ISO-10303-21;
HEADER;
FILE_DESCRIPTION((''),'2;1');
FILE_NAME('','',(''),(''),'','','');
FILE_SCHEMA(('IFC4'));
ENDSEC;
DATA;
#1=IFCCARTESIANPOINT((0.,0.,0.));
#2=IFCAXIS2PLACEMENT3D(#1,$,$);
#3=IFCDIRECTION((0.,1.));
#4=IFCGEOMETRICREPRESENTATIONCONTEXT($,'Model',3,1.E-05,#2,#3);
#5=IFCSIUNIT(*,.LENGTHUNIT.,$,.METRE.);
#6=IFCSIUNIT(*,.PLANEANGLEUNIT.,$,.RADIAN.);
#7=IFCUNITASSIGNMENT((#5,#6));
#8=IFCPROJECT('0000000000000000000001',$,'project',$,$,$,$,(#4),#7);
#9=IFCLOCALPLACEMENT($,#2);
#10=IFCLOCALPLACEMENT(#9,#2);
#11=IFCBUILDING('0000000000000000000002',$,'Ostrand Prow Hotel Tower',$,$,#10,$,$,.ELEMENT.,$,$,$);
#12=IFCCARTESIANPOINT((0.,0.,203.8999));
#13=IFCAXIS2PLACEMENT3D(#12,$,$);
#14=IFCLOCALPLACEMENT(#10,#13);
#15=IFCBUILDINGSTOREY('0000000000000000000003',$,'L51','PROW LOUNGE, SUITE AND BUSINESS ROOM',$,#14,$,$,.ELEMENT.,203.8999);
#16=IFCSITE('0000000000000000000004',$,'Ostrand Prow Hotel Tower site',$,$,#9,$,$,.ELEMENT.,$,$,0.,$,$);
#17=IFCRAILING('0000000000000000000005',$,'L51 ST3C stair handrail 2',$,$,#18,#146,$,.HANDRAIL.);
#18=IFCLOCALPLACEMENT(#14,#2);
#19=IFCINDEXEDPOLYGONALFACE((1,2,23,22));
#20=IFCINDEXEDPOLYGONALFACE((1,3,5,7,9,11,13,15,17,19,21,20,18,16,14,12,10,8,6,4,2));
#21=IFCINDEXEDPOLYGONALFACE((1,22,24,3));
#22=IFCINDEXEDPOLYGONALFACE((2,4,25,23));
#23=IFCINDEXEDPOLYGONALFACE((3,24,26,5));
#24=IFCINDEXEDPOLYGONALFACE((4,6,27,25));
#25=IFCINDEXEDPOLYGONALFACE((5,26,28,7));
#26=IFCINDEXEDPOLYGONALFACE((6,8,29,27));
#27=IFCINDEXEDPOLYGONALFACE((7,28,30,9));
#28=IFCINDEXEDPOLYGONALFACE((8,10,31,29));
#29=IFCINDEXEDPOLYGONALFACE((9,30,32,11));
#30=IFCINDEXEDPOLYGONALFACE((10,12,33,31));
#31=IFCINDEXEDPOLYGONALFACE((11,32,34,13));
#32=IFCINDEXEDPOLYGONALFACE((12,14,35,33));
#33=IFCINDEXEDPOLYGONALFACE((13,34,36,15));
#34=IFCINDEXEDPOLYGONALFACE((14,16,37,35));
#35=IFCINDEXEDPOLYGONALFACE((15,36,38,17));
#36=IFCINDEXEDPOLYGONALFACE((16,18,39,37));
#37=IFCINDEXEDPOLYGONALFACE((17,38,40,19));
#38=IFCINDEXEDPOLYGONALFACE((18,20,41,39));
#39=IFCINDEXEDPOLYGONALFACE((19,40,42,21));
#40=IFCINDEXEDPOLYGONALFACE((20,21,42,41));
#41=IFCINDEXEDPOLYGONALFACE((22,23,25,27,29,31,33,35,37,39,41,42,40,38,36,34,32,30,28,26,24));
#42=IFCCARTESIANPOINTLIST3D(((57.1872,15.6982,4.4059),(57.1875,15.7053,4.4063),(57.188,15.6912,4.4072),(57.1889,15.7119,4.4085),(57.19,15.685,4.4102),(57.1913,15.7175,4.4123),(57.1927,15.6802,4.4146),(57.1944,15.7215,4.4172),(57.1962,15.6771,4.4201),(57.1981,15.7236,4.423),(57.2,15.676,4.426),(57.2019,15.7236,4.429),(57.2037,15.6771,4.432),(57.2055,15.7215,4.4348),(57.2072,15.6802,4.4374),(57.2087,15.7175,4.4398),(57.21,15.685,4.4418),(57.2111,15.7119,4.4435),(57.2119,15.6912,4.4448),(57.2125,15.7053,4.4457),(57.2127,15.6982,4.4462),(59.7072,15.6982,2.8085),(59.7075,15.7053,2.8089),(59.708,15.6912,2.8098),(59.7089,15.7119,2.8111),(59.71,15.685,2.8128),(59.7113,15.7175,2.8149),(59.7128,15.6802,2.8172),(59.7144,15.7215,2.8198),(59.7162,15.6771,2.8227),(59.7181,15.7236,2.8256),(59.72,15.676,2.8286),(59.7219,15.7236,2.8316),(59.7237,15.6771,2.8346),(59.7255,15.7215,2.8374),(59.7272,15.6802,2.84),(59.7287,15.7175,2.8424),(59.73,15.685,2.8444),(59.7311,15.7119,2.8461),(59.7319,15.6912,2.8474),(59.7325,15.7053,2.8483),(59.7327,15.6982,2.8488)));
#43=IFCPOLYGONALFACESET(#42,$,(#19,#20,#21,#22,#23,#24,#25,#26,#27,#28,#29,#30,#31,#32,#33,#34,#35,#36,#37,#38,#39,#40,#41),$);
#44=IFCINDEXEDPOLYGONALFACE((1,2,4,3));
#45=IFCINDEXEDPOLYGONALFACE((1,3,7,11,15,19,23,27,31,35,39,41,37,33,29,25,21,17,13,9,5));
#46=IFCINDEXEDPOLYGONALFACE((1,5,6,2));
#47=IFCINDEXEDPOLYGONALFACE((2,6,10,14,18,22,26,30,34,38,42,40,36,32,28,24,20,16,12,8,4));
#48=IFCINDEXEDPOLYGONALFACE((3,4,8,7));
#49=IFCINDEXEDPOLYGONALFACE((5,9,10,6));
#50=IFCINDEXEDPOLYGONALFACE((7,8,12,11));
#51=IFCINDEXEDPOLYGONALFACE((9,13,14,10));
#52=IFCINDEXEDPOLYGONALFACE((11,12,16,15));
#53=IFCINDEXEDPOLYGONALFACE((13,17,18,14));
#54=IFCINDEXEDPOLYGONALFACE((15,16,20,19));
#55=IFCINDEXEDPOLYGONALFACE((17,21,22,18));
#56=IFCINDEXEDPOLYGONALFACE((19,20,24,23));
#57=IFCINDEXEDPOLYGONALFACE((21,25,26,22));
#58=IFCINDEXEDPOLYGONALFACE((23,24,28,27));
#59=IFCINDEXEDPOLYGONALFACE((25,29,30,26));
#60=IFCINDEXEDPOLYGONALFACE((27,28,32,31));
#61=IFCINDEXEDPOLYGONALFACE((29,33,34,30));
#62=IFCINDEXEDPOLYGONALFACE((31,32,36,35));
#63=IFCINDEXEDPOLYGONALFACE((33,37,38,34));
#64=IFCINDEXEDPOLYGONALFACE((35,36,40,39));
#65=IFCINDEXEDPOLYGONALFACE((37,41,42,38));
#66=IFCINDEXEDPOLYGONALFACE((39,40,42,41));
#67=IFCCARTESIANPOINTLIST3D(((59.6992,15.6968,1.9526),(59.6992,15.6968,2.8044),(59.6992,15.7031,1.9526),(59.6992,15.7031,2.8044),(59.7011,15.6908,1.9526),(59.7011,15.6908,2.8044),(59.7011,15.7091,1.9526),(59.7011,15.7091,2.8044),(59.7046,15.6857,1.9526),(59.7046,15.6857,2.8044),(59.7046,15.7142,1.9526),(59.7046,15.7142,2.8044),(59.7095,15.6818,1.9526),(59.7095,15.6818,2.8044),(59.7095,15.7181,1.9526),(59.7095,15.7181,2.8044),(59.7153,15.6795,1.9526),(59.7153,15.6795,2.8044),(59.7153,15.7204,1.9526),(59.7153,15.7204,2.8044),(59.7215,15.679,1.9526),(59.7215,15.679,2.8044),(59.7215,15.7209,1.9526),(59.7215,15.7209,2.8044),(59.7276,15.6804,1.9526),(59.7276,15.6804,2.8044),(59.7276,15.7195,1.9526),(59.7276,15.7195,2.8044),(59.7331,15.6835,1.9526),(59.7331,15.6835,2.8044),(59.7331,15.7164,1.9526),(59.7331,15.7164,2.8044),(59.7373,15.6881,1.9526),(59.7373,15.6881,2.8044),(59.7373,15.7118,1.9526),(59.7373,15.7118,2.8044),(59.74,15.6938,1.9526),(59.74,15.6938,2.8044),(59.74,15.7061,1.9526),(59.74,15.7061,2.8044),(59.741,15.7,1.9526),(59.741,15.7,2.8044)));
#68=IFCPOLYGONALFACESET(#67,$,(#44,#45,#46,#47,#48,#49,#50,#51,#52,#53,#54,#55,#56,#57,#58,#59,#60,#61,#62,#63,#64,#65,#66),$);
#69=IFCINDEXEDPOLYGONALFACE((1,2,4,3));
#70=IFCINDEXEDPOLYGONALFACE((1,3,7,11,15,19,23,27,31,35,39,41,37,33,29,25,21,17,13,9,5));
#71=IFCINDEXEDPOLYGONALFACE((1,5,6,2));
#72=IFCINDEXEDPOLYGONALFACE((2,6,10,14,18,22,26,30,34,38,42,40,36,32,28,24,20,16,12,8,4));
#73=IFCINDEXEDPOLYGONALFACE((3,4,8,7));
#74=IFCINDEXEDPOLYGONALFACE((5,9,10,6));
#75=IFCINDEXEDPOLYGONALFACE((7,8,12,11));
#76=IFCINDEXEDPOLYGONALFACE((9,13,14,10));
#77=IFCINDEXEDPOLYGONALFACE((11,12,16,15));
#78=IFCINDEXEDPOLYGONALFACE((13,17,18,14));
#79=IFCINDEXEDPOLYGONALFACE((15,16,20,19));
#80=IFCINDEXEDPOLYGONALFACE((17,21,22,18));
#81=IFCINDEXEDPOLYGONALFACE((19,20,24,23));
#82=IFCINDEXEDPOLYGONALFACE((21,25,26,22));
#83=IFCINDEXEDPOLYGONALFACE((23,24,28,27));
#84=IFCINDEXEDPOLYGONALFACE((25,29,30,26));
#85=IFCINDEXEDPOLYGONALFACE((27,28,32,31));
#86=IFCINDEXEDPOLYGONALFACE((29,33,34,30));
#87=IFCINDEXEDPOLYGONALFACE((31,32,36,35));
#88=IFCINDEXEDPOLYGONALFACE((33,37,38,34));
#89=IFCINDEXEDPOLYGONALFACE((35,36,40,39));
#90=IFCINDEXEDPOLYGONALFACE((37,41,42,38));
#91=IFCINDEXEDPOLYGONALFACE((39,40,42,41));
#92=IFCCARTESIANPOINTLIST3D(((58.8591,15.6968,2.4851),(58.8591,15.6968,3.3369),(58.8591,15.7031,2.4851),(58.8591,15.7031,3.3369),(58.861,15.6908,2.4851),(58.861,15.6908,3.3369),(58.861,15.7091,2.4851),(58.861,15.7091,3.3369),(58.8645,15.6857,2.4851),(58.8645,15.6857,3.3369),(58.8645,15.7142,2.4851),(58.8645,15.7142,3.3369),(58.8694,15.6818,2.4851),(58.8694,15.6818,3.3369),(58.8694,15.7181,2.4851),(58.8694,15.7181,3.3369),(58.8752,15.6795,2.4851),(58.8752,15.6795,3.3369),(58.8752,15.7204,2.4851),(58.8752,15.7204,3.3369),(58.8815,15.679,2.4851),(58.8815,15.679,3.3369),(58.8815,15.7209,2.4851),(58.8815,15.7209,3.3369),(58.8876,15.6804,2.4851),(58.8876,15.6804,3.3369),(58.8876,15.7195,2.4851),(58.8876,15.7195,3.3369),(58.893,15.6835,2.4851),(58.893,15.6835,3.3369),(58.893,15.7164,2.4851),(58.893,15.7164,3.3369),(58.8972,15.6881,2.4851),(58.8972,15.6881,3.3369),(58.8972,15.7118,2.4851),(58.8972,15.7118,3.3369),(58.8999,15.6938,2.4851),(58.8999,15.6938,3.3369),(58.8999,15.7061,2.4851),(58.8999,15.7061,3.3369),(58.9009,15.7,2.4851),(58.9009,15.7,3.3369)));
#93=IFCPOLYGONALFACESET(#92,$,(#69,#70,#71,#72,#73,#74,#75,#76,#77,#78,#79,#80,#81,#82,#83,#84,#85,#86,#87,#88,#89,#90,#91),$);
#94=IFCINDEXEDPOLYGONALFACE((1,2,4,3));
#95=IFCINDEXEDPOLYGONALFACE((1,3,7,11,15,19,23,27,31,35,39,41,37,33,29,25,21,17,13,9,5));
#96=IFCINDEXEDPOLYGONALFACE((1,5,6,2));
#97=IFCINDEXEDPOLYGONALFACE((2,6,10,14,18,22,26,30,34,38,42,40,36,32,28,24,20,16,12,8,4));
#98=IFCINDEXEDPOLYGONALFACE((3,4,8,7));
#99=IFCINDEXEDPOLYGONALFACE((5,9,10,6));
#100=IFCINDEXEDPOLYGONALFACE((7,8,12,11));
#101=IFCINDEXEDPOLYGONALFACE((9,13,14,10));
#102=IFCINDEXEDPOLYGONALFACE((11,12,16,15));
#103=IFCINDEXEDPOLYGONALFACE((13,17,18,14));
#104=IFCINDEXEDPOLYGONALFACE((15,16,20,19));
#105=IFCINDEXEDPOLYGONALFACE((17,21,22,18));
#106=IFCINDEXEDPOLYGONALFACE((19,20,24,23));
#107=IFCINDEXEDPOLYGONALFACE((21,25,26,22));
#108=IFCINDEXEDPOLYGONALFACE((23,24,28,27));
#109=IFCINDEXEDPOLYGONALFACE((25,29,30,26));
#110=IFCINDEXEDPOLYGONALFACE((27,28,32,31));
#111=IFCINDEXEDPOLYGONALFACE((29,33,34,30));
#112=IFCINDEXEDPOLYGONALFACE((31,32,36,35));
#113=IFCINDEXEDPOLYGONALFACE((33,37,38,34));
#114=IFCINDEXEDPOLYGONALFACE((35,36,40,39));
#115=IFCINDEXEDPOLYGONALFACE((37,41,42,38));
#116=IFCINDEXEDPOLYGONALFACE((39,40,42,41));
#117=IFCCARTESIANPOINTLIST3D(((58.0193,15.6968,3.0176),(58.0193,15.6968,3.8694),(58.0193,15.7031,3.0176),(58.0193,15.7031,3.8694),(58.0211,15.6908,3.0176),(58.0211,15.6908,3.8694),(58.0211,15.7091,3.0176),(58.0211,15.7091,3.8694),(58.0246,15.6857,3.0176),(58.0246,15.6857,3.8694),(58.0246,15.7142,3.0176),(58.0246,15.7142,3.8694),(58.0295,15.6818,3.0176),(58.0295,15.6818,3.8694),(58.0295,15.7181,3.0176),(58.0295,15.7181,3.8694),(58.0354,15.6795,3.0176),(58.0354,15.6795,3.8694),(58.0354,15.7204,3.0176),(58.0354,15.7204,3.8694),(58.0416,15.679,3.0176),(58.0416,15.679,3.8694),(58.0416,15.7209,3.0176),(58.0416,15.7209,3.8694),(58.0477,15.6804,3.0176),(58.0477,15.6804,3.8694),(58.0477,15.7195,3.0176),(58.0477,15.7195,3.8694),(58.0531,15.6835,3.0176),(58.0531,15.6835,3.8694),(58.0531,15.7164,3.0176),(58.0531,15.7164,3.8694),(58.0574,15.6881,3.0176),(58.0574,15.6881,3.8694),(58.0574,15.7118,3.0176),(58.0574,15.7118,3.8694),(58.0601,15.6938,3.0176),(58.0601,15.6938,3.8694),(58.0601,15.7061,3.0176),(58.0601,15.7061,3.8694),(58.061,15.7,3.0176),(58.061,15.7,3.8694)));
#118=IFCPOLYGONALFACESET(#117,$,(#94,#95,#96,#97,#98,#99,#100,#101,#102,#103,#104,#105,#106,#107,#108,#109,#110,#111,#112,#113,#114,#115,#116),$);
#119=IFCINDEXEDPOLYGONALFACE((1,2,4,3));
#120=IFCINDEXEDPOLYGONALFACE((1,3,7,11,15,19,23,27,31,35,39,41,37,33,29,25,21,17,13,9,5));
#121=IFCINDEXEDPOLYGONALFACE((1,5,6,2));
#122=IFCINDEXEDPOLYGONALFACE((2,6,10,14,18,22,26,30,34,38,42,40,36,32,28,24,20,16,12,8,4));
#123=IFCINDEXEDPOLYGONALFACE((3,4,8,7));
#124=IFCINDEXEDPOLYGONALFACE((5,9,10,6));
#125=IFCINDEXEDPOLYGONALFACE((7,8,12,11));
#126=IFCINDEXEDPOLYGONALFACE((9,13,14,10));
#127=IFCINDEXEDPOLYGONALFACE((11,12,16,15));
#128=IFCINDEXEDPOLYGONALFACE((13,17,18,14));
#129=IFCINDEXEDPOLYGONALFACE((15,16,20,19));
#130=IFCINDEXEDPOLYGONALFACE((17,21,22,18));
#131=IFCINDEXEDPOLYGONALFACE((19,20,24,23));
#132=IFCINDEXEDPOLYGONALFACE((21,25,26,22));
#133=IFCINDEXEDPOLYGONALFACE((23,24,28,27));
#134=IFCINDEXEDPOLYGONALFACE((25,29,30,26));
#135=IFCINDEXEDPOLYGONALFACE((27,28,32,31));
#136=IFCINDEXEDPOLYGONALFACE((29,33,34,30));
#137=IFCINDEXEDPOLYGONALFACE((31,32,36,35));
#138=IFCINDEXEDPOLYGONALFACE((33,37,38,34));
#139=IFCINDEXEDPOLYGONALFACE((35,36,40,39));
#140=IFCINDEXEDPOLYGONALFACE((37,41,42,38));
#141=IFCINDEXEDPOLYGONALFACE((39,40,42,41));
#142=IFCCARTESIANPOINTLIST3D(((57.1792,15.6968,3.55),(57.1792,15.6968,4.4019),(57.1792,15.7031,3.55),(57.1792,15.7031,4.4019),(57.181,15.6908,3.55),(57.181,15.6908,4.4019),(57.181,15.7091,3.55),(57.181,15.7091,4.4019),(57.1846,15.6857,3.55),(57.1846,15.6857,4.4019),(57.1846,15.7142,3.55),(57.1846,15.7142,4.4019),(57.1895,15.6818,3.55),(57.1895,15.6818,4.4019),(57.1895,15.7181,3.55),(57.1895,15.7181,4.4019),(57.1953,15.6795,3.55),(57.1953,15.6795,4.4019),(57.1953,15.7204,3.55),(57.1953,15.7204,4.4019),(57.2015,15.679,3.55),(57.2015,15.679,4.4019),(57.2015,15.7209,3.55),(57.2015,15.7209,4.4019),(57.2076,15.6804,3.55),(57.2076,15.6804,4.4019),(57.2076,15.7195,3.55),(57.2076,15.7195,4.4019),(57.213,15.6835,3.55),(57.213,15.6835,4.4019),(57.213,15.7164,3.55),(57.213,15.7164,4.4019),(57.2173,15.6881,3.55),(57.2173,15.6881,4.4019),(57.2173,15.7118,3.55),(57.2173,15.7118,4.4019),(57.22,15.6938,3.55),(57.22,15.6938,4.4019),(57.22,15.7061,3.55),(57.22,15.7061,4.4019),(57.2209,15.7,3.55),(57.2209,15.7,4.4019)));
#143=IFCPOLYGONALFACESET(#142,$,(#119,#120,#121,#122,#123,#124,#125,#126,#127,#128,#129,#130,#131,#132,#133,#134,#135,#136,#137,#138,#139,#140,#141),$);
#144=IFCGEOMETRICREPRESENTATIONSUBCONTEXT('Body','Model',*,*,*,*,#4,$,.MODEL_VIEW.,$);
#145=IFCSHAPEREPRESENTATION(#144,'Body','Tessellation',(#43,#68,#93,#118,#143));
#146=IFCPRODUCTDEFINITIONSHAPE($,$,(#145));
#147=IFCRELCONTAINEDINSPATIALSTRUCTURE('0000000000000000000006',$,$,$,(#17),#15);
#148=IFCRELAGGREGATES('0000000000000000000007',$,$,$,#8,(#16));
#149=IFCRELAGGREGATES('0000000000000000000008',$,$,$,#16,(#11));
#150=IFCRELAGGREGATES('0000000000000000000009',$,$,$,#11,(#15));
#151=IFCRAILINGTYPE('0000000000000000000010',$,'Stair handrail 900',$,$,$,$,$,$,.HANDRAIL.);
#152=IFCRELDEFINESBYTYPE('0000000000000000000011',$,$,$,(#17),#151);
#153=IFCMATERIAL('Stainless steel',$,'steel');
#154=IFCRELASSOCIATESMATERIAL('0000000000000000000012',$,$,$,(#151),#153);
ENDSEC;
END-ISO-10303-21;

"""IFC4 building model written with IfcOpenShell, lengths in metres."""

from ifc_helpers import new_model, si_unit, direction, frame, origin, origin_2d, place, context, subcontext, project, spatial, circle, extrude, material, type_object, element, save


model = new_model("IFC4")

# Units and contexts
model_context = context("Model", 3, precision=1e-05, world=origin(), true_north=direction((0.0, 1.0)))
body_context = subcontext(model_context, "Body", "Model", "MODEL_VIEW")
ifc_project = project(units=[si_unit("LENGTHUNIT", "METRE"), si_unit("PLANEANGLEUNIT", "RADIAN")], contexts=[model_context])

# Site, building, storey
site_placement = place(None, origin())
site = spatial("IfcSite", under=ifc_project, at=site_placement, Name="Ostrand Prow Hotel Tower site", CompositionType="ELEMENT", RefElevation=0.0)
building_placement = place(site_placement, origin())
building = spatial("IfcBuilding", under=site, at=building_placement, Name="Ostrand Prow Hotel Tower", CompositionType="ELEMENT")
storey_placement = place(building_placement, frame((0.0, 0.0, 203.8999)))
storey = spatial("IfcBuildingStorey", under=building, at=storey_placement, Name="L51", Description="PROW LOUNGE, SUITE AND BUSINESS ROOM", CompositionType="ELEMENT", Elevation=203.8999)

# Railing
ifc_material_1 = material(Name="Stainless steel", Category="steel")
railing_type_1 = type_object("IfcRailingType", Name="Stair handrail 900", PredefinedType="HANDRAIL", material=ifc_material_1)
railing_1_placement = place(storey_placement, frame((59.72, 15.7, 1.9526)))
element("IfcRailing", 1, at=railing_1_placement, inside=storey, type_object=railing_type_1, Name="L51 ST3C stair handrail 2", PredefinedType="HANDRAIL", context=body_context, shape_type="SweptSolid", body=[
    extrude(circle(Radius=0.0239, at=origin_2d()), frame((0.0, 0.0, 0.876), z_axis=(-0.844607, 0.0, 0.535387), x_axis=(0.0, -1.0, 0.0)), (0.0, 0.0, 1.0), 2.9836),
    extrude(circle(Radius=0.021, at=origin_2d()), origin(), (0.0, 0.0, 1.0), 0.8518),
    extrude(circle(Radius=0.021, at=origin_2d()), frame((-0.8401, 0.0, 0.5325)), (0.0, 0.0, 1.0), 0.8518),
    extrude(circle(Radius=0.021, at=origin_2d()), frame((-1.6799, 0.0, 1.0649)), (0.0, 0.0, 1.0), 0.8518),
    extrude(circle(Radius=0.021, at=origin_2d()), frame((-2.52, 0.0, 1.5974)), (0.0, 0.0, 1.0), 0.8518),
])

save(model, "model.ifc")
